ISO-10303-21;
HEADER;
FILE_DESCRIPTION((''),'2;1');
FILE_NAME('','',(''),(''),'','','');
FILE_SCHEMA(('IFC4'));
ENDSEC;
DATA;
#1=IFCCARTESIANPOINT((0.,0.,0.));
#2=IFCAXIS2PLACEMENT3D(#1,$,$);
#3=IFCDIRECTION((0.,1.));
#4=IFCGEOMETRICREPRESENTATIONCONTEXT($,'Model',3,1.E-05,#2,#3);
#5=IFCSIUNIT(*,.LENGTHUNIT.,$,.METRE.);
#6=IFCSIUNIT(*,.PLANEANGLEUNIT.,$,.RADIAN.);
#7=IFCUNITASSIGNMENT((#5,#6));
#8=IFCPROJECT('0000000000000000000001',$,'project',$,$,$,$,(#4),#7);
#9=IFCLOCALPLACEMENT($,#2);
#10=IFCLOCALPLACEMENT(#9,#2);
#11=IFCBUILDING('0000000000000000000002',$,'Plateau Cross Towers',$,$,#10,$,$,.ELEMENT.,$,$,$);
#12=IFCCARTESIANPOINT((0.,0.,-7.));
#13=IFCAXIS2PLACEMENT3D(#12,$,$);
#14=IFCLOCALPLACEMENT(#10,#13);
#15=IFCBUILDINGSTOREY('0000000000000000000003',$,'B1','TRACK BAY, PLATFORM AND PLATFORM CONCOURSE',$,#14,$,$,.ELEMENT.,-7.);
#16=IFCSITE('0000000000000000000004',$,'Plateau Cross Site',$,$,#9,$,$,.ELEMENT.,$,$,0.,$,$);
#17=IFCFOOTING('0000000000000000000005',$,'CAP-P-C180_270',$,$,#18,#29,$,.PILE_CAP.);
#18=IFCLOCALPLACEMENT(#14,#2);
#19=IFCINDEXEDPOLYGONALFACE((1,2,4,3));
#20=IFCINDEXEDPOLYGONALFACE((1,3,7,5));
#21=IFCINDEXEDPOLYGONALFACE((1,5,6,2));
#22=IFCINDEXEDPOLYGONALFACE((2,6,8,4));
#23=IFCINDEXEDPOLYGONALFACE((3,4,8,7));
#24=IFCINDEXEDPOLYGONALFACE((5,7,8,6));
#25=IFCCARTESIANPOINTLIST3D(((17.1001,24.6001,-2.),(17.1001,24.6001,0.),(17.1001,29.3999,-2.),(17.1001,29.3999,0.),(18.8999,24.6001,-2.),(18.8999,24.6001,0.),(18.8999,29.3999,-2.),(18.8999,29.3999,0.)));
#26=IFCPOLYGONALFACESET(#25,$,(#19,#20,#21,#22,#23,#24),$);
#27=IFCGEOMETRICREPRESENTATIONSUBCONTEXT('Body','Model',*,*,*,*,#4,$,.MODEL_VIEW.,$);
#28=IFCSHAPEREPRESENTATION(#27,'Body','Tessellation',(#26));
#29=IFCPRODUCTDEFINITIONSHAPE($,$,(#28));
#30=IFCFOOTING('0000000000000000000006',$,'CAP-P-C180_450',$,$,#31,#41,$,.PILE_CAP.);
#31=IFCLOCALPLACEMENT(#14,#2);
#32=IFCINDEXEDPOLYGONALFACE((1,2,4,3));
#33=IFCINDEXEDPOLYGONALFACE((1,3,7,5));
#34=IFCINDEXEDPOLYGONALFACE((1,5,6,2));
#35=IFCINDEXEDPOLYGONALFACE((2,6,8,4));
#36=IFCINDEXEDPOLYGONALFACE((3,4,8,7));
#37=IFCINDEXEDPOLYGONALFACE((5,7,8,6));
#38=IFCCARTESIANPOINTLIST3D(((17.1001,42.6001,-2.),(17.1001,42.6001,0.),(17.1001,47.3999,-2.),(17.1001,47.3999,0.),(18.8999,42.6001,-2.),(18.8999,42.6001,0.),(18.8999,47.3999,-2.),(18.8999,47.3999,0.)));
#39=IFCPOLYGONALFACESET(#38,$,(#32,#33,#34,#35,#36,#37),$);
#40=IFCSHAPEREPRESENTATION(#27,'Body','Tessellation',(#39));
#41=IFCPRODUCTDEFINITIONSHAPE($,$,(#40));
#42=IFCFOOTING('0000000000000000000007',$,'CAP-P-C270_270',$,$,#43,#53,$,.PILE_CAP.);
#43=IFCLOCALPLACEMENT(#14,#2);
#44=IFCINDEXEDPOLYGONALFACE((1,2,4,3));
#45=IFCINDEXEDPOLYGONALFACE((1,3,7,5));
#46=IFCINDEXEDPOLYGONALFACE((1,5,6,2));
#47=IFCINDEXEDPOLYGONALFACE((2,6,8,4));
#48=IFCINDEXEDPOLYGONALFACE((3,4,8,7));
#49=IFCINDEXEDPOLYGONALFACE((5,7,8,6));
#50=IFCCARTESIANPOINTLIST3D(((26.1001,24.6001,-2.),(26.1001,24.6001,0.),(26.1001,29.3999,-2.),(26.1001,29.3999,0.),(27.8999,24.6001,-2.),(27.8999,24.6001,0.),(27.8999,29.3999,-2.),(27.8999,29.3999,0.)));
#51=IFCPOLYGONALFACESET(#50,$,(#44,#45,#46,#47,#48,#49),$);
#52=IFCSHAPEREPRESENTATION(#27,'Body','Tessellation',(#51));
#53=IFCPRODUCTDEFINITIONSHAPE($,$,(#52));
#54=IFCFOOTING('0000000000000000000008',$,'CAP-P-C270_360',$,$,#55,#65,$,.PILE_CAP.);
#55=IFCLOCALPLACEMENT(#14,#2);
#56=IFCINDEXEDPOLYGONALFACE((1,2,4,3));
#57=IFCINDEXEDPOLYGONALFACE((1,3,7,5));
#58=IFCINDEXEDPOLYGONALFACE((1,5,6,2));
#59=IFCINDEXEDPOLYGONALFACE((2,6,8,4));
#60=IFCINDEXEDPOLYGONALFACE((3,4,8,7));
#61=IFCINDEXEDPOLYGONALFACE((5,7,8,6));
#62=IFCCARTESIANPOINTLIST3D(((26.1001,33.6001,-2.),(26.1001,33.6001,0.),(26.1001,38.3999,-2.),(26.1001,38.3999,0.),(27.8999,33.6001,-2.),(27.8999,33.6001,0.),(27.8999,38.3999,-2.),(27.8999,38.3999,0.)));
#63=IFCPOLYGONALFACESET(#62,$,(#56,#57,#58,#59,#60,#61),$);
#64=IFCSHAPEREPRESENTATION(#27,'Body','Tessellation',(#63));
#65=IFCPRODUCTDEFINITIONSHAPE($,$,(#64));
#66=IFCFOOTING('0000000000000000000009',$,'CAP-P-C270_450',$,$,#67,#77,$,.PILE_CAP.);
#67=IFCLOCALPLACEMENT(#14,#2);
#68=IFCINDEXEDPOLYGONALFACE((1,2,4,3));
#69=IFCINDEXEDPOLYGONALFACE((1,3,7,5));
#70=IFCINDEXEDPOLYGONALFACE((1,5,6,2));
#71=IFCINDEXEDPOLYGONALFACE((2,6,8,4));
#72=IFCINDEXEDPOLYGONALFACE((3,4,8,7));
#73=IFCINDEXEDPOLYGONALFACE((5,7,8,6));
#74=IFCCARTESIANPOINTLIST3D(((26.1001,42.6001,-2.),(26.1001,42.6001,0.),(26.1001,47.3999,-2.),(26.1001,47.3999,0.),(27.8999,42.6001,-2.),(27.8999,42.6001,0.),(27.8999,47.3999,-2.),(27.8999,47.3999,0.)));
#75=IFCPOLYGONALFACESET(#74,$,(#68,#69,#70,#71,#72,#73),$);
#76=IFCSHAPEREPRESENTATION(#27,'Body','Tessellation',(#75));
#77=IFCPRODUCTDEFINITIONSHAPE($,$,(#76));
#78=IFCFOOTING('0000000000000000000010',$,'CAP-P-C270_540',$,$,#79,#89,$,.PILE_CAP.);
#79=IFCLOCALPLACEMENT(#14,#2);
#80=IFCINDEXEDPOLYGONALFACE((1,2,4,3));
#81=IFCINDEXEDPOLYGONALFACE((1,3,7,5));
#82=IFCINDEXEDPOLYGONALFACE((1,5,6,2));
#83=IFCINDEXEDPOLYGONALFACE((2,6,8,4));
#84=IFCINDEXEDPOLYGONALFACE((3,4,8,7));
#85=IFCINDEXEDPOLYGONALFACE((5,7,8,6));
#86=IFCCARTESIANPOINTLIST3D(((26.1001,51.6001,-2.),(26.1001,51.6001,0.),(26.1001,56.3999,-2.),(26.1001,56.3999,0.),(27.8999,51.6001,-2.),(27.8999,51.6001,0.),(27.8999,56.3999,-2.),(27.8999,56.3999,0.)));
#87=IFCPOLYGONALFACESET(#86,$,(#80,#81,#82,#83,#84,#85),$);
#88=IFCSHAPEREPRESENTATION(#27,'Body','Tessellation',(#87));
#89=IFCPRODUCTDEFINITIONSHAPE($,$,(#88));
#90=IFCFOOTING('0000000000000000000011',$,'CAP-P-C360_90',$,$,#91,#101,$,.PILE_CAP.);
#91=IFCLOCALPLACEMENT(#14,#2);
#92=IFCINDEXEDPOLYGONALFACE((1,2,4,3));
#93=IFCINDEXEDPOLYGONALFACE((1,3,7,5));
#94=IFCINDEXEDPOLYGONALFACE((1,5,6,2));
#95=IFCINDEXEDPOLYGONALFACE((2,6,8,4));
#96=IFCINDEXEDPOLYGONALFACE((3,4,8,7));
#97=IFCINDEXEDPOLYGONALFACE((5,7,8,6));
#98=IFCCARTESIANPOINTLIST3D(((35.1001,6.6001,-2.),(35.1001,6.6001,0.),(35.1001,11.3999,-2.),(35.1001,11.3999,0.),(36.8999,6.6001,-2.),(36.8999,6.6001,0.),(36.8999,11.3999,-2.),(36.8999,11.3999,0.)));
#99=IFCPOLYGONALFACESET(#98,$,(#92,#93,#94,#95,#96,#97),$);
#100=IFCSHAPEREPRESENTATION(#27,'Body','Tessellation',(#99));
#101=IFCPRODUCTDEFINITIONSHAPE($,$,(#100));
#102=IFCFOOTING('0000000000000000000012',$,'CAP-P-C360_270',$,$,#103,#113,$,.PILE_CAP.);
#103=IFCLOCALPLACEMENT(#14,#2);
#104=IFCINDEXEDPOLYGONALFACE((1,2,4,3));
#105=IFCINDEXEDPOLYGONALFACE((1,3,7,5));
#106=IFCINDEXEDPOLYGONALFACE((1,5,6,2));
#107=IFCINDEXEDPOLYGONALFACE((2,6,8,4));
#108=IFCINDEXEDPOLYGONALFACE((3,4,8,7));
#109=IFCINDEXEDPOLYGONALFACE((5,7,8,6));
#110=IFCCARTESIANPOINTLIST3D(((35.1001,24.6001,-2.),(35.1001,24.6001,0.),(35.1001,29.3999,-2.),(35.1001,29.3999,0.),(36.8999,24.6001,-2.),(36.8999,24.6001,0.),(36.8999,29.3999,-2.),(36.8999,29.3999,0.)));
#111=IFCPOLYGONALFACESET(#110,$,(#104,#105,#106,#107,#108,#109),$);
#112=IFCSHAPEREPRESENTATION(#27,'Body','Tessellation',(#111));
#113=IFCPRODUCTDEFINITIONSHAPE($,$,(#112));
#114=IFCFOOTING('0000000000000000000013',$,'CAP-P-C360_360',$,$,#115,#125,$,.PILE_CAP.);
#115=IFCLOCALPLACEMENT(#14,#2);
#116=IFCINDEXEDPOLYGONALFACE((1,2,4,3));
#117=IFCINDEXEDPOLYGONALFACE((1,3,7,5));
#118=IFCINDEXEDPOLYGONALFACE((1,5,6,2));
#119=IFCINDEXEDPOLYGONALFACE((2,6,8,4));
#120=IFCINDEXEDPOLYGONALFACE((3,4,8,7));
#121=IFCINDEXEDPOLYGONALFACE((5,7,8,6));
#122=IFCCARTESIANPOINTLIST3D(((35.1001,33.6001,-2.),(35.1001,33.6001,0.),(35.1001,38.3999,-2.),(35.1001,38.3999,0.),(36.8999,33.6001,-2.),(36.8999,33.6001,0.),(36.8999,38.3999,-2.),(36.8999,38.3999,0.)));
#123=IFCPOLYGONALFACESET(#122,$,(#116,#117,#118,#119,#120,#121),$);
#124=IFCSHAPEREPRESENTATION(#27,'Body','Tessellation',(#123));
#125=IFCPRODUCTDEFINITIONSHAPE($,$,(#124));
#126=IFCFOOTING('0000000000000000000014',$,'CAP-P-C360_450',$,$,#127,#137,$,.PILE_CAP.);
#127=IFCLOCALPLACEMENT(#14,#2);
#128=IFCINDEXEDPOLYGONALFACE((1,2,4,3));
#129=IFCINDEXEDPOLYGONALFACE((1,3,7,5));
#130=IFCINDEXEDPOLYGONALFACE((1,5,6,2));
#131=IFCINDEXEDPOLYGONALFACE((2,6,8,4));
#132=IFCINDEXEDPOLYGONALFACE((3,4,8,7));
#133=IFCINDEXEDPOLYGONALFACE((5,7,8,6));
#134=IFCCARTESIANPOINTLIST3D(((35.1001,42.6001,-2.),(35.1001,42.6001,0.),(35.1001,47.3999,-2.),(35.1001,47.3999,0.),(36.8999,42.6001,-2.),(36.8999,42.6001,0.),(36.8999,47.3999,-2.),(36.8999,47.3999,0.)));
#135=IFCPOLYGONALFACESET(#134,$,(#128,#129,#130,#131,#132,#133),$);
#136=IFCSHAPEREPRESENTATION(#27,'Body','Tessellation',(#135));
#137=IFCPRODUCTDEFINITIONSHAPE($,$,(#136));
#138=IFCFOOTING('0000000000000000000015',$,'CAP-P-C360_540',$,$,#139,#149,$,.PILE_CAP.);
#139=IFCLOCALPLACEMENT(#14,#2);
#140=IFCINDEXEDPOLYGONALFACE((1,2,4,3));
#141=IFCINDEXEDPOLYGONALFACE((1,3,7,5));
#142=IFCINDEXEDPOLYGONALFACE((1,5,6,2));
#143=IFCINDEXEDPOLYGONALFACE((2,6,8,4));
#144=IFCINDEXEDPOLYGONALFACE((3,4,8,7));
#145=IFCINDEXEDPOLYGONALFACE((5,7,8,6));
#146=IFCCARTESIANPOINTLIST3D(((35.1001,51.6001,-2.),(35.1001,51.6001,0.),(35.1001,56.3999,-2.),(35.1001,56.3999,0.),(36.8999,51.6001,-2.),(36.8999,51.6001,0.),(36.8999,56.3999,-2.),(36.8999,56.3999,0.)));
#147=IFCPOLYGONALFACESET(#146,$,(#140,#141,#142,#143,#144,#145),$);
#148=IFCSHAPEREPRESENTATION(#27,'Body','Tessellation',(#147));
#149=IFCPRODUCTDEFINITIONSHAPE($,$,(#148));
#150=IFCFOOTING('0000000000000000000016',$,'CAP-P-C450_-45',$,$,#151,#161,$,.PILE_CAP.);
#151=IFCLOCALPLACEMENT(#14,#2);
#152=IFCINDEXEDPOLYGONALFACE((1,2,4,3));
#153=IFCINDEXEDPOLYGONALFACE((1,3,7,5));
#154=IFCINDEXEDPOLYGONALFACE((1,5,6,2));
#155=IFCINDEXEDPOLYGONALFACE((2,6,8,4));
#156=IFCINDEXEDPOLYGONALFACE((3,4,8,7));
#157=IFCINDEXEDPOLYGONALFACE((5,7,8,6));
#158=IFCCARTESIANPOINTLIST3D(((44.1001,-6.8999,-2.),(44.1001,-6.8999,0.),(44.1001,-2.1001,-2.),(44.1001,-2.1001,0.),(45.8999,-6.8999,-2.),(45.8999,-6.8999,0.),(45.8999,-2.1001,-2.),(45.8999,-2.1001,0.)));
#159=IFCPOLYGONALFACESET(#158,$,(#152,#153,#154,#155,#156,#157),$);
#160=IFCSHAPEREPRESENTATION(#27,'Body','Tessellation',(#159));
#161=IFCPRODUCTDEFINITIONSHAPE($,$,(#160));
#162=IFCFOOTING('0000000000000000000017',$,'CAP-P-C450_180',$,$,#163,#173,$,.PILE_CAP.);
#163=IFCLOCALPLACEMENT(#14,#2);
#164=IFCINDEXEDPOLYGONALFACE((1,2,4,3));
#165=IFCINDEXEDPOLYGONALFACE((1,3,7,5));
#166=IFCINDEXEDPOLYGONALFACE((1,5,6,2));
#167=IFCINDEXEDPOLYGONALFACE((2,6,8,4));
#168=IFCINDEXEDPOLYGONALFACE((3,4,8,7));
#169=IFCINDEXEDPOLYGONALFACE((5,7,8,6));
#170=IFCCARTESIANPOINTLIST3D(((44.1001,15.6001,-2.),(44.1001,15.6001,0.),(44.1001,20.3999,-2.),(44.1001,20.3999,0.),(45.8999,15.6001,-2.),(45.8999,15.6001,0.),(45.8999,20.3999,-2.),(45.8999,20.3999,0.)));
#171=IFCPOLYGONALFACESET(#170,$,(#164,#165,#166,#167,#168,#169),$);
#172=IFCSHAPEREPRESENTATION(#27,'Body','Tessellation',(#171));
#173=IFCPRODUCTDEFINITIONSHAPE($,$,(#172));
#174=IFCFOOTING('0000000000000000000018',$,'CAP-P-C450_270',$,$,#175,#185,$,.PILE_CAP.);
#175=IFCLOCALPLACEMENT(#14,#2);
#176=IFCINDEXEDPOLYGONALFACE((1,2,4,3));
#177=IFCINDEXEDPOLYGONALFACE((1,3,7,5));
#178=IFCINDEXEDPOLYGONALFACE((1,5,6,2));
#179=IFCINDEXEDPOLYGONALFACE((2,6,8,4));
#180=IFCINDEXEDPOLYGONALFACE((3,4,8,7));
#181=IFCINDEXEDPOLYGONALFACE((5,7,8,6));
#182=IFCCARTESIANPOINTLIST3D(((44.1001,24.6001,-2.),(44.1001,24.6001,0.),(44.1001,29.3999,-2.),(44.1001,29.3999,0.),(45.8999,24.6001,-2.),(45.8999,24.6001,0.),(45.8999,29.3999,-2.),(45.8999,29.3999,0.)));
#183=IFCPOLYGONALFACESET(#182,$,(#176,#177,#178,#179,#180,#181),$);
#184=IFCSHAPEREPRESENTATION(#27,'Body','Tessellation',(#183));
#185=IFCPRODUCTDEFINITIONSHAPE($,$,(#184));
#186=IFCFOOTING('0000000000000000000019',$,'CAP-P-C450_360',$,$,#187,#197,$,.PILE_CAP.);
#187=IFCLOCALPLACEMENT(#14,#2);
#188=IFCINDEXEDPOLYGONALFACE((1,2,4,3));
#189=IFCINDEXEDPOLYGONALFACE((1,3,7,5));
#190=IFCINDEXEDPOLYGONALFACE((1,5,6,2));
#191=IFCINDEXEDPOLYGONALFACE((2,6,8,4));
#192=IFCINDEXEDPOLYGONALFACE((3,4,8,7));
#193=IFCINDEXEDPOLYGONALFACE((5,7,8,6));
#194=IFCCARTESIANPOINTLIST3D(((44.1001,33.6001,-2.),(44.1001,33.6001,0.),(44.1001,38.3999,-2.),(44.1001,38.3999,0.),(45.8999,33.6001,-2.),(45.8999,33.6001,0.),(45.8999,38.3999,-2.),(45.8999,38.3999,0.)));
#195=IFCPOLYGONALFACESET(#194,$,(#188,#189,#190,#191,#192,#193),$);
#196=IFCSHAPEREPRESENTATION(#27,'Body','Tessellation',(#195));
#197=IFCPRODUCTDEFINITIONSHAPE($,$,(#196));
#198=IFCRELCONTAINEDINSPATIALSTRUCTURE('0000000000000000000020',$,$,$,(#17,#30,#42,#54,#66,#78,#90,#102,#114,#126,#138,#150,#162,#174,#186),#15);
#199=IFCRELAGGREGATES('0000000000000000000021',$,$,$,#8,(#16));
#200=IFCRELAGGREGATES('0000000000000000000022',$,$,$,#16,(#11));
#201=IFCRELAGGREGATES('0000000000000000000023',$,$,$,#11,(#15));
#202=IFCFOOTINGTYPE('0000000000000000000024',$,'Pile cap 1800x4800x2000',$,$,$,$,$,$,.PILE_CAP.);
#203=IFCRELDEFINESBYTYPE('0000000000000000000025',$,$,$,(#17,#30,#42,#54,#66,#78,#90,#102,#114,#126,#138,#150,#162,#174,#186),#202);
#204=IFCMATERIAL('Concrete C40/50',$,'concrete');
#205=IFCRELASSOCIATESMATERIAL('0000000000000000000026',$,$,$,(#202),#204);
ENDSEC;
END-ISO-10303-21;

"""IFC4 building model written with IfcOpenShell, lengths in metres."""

from ifc_helpers import new_model, si_unit, direction, frame, origin, place, context, subcontext, project, spatial, polyline, outline, extrude, material, type_object, element, save


model = new_model("IFC4")

# Units and contexts
model_context = context("Model", 3, precision=1e-05, world=origin(), true_north=direction((0.0, 1.0)))
body_context = subcontext(model_context, "Body", "Model", "MODEL_VIEW")
ifc_project = project(units=[si_unit("LENGTHUNIT", "METRE"), si_unit("PLANEANGLEUNIT", "RADIAN")], contexts=[model_context])

# Site, building, storey
site_placement = place(None, origin())
site = spatial("IfcSite", under=ifc_project, at=site_placement, Name="Plateau Cross Site", CompositionType="ELEMENT", RefElevation=0.0)
building_placement = place(site_placement, origin())
building = spatial("IfcBuilding", under=site, at=building_placement, Name="Plateau Cross Towers", CompositionType="ELEMENT")
storey_placement = place(building_placement, frame((0.0, 0.0, -7.0)))
storey = spatial("IfcBuildingStorey", under=building, at=storey_placement, Name="B1", Description="TRACK BAY, PLATFORM AND PLATFORM CONCOURSE", CompositionType="ELEMENT", Elevation=-7.0)

# Footings
ifc_material = material(Name="Concrete C40/50", Category="concrete")
footing_type_1 = type_object("IfcFootingType", Name="Pile cap 1800x4800x2000", PredefinedType="PILE_CAP", material=ifc_material)
footing_1_placement = place(storey_placement, frame((0.0, 0.0, -2.0)))
element("IfcFooting", 1, at=footing_1_placement, inside=storey, type_object=footing_type_1, Name="CAP-P-C180_270", PredefinedType="PILE_CAP", context=body_context, shape_type="SweptSolid", body=[
    extrude(outline(polyline([(18.8999, 24.6001), (18.8999, 29.3999), (17.1001, 29.3999), (17.1001, 24.6001), (18.8999, 24.6001)])), origin(), (0.0, 0.0, 1.0), 2.0),
])
footing_2_placement = place(storey_placement, frame((0.0, 0.0, -2.0)))
element("IfcFooting", 2, at=footing_2_placement, inside=storey, type_object=footing_type_1, Name="CAP-P-C180_450", PredefinedType="PILE_CAP", context=body_context, shape_type="SweptSolid", body=[
    extrude(outline(polyline([(18.8999, 42.6001), (18.8999, 47.3999), (17.1001, 47.3999), (17.1001, 42.6001), (18.8999, 42.6001)])), origin(), (0.0, 0.0, 1.0), 2.0),
])
footing_3_placement = place(storey_placement, frame((0.0, 0.0, -2.0)))
element("IfcFooting", 3, at=footing_3_placement, inside=storey, type_object=footing_type_1, Name="CAP-P-C270_270", PredefinedType="PILE_CAP", context=body_context, shape_type="SweptSolid", body=[
    extrude(outline(polyline([(27.8999, 24.6001), (27.8999, 29.3999), (26.1001, 29.3999), (26.1001, 24.6001), (27.8999, 24.6001)])), origin(), (0.0, 0.0, 1.0), 2.0),
])
footing_4_placement = place(storey_placement, frame((0.0, 0.0, -2.0)))
element("IfcFooting", 4, at=footing_4_placement, inside=storey, type_object=footing_type_1, Name="CAP-P-C270_360", PredefinedType="PILE_CAP", context=body_context, shape_type="SweptSolid", body=[
    extrude(outline(polyline([(27.8999, 33.6001), (27.8999, 38.3999), (26.1001, 38.3999), (26.1001, 33.6001), (27.8999, 33.6001)])), origin(), (0.0, 0.0, 1.0), 2.0),
])
footing_5_placement = place(storey_placement, frame((0.0, 0.0, -2.0)))
element("IfcFooting", 5, at=footing_5_placement, inside=storey, type_object=footing_type_1, Name="CAP-P-C270_450", PredefinedType="PILE_CAP", context=body_context, shape_type="SweptSolid", body=[
    extrude(outline(polyline([(27.8999, 42.6001), (27.8999, 47.3999), (26.1001, 47.3999), (26.1001, 42.6001), (27.8999, 42.6001)])), origin(), (0.0, 0.0, 1.0), 2.0),
])
footing_6_placement = place(storey_placement, frame((0.0, 0.0, -2.0)))
element("IfcFooting", 6, at=footing_6_placement, inside=storey, type_object=footing_type_1, Name="CAP-P-C270_540", PredefinedType="PILE_CAP", context=body_context, shape_type="SweptSolid", body=[
    extrude(outline(polyline([(27.8999, 51.6001), (27.8999, 56.3999), (26.1001, 56.3999), (26.1001, 51.6001), (27.8999, 51.6001)])), origin(), (0.0, 0.0, 1.0), 2.0),
])
footing_7_placement = place(storey_placement, frame((0.0, 0.0, -2.0)))
element("IfcFooting", 7, at=footing_7_placement, inside=storey, type_object=footing_type_1, Name="CAP-P-C360_90", PredefinedType="PILE_CAP", context=body_context, shape_type="SweptSolid", body=[
    extrude(outline(polyline([(36.8999, 6.6001), (36.8999, 11.3999), (35.1001, 11.3999), (35.1001, 6.6001), (36.8999, 6.6001)])), origin(), (0.0, 0.0, 1.0), 2.0),
])
footing_8_placement = place(storey_placement, frame((0.0, 0.0, -2.0)))
element("IfcFooting", 8, at=footing_8_placement, inside=storey, type_object=footing_type_1, Name="CAP-P-C360_270", PredefinedType="PILE_CAP", context=body_context, shape_type="SweptSolid", body=[
    extrude(outline(polyline([(36.8999, 24.6001), (36.8999, 29.3999), (35.1001, 29.3999), (35.1001, 24.6001), (36.8999, 24.6001)])), origin(), (0.0, 0.0, 1.0), 2.0),
])
footing_9_placement = place(storey_placement, frame((0.0, 0.0, -2.0)))
element("IfcFooting", 9, at=footing_9_placement, inside=storey, type_object=footing_type_1, Name="CAP-P-C360_360", PredefinedType="PILE_CAP", context=body_context, shape_type="SweptSolid", body=[
    extrude(outline(polyline([(36.8999, 33.6001), (36.8999, 38.3999), (35.1001, 38.3999), (35.1001, 33.6001), (36.8999, 33.6001)])), origin(), (0.0, 0.0, 1.0), 2.0),
])
footing_10_placement = place(storey_placement, frame((0.0, 0.0, -2.0)))
element("IfcFooting", 10, at=footing_10_placement, inside=storey, type_object=footing_type_1, Name="CAP-P-C360_450", PredefinedType="PILE_CAP", context=body_context, shape_type="SweptSolid", body=[
    extrude(outline(polyline([(36.8999, 42.6001), (36.8999, 47.3999), (35.1001, 47.3999), (35.1001, 42.6001), (36.8999, 42.6001)])), origin(), (0.0, 0.0, 1.0), 2.0),
])
footing_11_placement = place(storey_placement, frame((0.0, 0.0, -2.0)))
element("IfcFooting", 11, at=footing_11_placement, inside=storey, type_object=footing_type_1, Name="CAP-P-C360_540", PredefinedType="PILE_CAP", context=body_context, shape_type="SweptSolid", body=[
    extrude(outline(polyline([(36.8999, 51.6001), (36.8999, 56.3999), (35.1001, 56.3999), (35.1001, 51.6001), (36.8999, 51.6001)])), origin(), (0.0, 0.0, 1.0), 2.0),
])
footing_12_placement = place(storey_placement, frame((0.0, 0.0, -2.0)))
element("IfcFooting", 12, at=footing_12_placement, inside=storey, type_object=footing_type_1, Name="CAP-P-C450_-45", PredefinedType="PILE_CAP", context=body_context, shape_type="SweptSolid", body=[
    extrude(outline(polyline([(45.8999, -6.8999), (45.8999, -2.1001), (44.1001, -2.1001), (44.1001, -6.8999), (45.8999, -6.8999)])), origin(), (0.0, 0.0, 1.0), 2.0),
])
footing_13_placement = place(storey_placement, frame((0.0, 0.0, -2.0)))
element("IfcFooting", 13, at=footing_13_placement, inside=storey, type_object=footing_type_1, Name="CAP-P-C450_180", PredefinedType="PILE_CAP", context=body_context, shape_type="SweptSolid", body=[
    extrude(outline(polyline([(45.8999, 15.6001), (45.8999, 20.3999), (44.1001, 20.3999), (44.1001, 15.6001), (45.8999, 15.6001)])), origin(), (0.0, 0.0, 1.0), 2.0),
])
footing_14_placement = place(storey_placement, frame((0.0, 0.0, -2.0)))
element("IfcFooting", 14, at=footing_14_placement, inside=storey, type_object=footing_type_1, Name="CAP-P-C450_270", PredefinedType="PILE_CAP", context=body_context, shape_type="SweptSolid", body=[
    extrude(outline(polyline([(45.8999, 24.6001), (45.8999, 29.3999), (44.1001, 29.3999), (44.1001, 24.6001), (45.8999, 24.6001)])), origin(), (0.0, 0.0, 1.0), 2.0),
])
footing_15_placement = place(storey_placement, frame((0.0, 0.0, -2.0)))
element("IfcFooting", 15, at=footing_15_placement, inside=storey, type_object=footing_type_1, Name="CAP-P-C450_360", PredefinedType="PILE_CAP", context=body_context, shape_type="SweptSolid", body=[
    extrude(outline(polyline([(45.8999, 33.6001), (45.8999, 38.3999), (44.1001, 38.3999), (44.1001, 33.6001), (45.8999, 33.6001)])), origin(), (0.0, 0.0, 1.0), 2.0),
])

save(model, "model.ifc")
